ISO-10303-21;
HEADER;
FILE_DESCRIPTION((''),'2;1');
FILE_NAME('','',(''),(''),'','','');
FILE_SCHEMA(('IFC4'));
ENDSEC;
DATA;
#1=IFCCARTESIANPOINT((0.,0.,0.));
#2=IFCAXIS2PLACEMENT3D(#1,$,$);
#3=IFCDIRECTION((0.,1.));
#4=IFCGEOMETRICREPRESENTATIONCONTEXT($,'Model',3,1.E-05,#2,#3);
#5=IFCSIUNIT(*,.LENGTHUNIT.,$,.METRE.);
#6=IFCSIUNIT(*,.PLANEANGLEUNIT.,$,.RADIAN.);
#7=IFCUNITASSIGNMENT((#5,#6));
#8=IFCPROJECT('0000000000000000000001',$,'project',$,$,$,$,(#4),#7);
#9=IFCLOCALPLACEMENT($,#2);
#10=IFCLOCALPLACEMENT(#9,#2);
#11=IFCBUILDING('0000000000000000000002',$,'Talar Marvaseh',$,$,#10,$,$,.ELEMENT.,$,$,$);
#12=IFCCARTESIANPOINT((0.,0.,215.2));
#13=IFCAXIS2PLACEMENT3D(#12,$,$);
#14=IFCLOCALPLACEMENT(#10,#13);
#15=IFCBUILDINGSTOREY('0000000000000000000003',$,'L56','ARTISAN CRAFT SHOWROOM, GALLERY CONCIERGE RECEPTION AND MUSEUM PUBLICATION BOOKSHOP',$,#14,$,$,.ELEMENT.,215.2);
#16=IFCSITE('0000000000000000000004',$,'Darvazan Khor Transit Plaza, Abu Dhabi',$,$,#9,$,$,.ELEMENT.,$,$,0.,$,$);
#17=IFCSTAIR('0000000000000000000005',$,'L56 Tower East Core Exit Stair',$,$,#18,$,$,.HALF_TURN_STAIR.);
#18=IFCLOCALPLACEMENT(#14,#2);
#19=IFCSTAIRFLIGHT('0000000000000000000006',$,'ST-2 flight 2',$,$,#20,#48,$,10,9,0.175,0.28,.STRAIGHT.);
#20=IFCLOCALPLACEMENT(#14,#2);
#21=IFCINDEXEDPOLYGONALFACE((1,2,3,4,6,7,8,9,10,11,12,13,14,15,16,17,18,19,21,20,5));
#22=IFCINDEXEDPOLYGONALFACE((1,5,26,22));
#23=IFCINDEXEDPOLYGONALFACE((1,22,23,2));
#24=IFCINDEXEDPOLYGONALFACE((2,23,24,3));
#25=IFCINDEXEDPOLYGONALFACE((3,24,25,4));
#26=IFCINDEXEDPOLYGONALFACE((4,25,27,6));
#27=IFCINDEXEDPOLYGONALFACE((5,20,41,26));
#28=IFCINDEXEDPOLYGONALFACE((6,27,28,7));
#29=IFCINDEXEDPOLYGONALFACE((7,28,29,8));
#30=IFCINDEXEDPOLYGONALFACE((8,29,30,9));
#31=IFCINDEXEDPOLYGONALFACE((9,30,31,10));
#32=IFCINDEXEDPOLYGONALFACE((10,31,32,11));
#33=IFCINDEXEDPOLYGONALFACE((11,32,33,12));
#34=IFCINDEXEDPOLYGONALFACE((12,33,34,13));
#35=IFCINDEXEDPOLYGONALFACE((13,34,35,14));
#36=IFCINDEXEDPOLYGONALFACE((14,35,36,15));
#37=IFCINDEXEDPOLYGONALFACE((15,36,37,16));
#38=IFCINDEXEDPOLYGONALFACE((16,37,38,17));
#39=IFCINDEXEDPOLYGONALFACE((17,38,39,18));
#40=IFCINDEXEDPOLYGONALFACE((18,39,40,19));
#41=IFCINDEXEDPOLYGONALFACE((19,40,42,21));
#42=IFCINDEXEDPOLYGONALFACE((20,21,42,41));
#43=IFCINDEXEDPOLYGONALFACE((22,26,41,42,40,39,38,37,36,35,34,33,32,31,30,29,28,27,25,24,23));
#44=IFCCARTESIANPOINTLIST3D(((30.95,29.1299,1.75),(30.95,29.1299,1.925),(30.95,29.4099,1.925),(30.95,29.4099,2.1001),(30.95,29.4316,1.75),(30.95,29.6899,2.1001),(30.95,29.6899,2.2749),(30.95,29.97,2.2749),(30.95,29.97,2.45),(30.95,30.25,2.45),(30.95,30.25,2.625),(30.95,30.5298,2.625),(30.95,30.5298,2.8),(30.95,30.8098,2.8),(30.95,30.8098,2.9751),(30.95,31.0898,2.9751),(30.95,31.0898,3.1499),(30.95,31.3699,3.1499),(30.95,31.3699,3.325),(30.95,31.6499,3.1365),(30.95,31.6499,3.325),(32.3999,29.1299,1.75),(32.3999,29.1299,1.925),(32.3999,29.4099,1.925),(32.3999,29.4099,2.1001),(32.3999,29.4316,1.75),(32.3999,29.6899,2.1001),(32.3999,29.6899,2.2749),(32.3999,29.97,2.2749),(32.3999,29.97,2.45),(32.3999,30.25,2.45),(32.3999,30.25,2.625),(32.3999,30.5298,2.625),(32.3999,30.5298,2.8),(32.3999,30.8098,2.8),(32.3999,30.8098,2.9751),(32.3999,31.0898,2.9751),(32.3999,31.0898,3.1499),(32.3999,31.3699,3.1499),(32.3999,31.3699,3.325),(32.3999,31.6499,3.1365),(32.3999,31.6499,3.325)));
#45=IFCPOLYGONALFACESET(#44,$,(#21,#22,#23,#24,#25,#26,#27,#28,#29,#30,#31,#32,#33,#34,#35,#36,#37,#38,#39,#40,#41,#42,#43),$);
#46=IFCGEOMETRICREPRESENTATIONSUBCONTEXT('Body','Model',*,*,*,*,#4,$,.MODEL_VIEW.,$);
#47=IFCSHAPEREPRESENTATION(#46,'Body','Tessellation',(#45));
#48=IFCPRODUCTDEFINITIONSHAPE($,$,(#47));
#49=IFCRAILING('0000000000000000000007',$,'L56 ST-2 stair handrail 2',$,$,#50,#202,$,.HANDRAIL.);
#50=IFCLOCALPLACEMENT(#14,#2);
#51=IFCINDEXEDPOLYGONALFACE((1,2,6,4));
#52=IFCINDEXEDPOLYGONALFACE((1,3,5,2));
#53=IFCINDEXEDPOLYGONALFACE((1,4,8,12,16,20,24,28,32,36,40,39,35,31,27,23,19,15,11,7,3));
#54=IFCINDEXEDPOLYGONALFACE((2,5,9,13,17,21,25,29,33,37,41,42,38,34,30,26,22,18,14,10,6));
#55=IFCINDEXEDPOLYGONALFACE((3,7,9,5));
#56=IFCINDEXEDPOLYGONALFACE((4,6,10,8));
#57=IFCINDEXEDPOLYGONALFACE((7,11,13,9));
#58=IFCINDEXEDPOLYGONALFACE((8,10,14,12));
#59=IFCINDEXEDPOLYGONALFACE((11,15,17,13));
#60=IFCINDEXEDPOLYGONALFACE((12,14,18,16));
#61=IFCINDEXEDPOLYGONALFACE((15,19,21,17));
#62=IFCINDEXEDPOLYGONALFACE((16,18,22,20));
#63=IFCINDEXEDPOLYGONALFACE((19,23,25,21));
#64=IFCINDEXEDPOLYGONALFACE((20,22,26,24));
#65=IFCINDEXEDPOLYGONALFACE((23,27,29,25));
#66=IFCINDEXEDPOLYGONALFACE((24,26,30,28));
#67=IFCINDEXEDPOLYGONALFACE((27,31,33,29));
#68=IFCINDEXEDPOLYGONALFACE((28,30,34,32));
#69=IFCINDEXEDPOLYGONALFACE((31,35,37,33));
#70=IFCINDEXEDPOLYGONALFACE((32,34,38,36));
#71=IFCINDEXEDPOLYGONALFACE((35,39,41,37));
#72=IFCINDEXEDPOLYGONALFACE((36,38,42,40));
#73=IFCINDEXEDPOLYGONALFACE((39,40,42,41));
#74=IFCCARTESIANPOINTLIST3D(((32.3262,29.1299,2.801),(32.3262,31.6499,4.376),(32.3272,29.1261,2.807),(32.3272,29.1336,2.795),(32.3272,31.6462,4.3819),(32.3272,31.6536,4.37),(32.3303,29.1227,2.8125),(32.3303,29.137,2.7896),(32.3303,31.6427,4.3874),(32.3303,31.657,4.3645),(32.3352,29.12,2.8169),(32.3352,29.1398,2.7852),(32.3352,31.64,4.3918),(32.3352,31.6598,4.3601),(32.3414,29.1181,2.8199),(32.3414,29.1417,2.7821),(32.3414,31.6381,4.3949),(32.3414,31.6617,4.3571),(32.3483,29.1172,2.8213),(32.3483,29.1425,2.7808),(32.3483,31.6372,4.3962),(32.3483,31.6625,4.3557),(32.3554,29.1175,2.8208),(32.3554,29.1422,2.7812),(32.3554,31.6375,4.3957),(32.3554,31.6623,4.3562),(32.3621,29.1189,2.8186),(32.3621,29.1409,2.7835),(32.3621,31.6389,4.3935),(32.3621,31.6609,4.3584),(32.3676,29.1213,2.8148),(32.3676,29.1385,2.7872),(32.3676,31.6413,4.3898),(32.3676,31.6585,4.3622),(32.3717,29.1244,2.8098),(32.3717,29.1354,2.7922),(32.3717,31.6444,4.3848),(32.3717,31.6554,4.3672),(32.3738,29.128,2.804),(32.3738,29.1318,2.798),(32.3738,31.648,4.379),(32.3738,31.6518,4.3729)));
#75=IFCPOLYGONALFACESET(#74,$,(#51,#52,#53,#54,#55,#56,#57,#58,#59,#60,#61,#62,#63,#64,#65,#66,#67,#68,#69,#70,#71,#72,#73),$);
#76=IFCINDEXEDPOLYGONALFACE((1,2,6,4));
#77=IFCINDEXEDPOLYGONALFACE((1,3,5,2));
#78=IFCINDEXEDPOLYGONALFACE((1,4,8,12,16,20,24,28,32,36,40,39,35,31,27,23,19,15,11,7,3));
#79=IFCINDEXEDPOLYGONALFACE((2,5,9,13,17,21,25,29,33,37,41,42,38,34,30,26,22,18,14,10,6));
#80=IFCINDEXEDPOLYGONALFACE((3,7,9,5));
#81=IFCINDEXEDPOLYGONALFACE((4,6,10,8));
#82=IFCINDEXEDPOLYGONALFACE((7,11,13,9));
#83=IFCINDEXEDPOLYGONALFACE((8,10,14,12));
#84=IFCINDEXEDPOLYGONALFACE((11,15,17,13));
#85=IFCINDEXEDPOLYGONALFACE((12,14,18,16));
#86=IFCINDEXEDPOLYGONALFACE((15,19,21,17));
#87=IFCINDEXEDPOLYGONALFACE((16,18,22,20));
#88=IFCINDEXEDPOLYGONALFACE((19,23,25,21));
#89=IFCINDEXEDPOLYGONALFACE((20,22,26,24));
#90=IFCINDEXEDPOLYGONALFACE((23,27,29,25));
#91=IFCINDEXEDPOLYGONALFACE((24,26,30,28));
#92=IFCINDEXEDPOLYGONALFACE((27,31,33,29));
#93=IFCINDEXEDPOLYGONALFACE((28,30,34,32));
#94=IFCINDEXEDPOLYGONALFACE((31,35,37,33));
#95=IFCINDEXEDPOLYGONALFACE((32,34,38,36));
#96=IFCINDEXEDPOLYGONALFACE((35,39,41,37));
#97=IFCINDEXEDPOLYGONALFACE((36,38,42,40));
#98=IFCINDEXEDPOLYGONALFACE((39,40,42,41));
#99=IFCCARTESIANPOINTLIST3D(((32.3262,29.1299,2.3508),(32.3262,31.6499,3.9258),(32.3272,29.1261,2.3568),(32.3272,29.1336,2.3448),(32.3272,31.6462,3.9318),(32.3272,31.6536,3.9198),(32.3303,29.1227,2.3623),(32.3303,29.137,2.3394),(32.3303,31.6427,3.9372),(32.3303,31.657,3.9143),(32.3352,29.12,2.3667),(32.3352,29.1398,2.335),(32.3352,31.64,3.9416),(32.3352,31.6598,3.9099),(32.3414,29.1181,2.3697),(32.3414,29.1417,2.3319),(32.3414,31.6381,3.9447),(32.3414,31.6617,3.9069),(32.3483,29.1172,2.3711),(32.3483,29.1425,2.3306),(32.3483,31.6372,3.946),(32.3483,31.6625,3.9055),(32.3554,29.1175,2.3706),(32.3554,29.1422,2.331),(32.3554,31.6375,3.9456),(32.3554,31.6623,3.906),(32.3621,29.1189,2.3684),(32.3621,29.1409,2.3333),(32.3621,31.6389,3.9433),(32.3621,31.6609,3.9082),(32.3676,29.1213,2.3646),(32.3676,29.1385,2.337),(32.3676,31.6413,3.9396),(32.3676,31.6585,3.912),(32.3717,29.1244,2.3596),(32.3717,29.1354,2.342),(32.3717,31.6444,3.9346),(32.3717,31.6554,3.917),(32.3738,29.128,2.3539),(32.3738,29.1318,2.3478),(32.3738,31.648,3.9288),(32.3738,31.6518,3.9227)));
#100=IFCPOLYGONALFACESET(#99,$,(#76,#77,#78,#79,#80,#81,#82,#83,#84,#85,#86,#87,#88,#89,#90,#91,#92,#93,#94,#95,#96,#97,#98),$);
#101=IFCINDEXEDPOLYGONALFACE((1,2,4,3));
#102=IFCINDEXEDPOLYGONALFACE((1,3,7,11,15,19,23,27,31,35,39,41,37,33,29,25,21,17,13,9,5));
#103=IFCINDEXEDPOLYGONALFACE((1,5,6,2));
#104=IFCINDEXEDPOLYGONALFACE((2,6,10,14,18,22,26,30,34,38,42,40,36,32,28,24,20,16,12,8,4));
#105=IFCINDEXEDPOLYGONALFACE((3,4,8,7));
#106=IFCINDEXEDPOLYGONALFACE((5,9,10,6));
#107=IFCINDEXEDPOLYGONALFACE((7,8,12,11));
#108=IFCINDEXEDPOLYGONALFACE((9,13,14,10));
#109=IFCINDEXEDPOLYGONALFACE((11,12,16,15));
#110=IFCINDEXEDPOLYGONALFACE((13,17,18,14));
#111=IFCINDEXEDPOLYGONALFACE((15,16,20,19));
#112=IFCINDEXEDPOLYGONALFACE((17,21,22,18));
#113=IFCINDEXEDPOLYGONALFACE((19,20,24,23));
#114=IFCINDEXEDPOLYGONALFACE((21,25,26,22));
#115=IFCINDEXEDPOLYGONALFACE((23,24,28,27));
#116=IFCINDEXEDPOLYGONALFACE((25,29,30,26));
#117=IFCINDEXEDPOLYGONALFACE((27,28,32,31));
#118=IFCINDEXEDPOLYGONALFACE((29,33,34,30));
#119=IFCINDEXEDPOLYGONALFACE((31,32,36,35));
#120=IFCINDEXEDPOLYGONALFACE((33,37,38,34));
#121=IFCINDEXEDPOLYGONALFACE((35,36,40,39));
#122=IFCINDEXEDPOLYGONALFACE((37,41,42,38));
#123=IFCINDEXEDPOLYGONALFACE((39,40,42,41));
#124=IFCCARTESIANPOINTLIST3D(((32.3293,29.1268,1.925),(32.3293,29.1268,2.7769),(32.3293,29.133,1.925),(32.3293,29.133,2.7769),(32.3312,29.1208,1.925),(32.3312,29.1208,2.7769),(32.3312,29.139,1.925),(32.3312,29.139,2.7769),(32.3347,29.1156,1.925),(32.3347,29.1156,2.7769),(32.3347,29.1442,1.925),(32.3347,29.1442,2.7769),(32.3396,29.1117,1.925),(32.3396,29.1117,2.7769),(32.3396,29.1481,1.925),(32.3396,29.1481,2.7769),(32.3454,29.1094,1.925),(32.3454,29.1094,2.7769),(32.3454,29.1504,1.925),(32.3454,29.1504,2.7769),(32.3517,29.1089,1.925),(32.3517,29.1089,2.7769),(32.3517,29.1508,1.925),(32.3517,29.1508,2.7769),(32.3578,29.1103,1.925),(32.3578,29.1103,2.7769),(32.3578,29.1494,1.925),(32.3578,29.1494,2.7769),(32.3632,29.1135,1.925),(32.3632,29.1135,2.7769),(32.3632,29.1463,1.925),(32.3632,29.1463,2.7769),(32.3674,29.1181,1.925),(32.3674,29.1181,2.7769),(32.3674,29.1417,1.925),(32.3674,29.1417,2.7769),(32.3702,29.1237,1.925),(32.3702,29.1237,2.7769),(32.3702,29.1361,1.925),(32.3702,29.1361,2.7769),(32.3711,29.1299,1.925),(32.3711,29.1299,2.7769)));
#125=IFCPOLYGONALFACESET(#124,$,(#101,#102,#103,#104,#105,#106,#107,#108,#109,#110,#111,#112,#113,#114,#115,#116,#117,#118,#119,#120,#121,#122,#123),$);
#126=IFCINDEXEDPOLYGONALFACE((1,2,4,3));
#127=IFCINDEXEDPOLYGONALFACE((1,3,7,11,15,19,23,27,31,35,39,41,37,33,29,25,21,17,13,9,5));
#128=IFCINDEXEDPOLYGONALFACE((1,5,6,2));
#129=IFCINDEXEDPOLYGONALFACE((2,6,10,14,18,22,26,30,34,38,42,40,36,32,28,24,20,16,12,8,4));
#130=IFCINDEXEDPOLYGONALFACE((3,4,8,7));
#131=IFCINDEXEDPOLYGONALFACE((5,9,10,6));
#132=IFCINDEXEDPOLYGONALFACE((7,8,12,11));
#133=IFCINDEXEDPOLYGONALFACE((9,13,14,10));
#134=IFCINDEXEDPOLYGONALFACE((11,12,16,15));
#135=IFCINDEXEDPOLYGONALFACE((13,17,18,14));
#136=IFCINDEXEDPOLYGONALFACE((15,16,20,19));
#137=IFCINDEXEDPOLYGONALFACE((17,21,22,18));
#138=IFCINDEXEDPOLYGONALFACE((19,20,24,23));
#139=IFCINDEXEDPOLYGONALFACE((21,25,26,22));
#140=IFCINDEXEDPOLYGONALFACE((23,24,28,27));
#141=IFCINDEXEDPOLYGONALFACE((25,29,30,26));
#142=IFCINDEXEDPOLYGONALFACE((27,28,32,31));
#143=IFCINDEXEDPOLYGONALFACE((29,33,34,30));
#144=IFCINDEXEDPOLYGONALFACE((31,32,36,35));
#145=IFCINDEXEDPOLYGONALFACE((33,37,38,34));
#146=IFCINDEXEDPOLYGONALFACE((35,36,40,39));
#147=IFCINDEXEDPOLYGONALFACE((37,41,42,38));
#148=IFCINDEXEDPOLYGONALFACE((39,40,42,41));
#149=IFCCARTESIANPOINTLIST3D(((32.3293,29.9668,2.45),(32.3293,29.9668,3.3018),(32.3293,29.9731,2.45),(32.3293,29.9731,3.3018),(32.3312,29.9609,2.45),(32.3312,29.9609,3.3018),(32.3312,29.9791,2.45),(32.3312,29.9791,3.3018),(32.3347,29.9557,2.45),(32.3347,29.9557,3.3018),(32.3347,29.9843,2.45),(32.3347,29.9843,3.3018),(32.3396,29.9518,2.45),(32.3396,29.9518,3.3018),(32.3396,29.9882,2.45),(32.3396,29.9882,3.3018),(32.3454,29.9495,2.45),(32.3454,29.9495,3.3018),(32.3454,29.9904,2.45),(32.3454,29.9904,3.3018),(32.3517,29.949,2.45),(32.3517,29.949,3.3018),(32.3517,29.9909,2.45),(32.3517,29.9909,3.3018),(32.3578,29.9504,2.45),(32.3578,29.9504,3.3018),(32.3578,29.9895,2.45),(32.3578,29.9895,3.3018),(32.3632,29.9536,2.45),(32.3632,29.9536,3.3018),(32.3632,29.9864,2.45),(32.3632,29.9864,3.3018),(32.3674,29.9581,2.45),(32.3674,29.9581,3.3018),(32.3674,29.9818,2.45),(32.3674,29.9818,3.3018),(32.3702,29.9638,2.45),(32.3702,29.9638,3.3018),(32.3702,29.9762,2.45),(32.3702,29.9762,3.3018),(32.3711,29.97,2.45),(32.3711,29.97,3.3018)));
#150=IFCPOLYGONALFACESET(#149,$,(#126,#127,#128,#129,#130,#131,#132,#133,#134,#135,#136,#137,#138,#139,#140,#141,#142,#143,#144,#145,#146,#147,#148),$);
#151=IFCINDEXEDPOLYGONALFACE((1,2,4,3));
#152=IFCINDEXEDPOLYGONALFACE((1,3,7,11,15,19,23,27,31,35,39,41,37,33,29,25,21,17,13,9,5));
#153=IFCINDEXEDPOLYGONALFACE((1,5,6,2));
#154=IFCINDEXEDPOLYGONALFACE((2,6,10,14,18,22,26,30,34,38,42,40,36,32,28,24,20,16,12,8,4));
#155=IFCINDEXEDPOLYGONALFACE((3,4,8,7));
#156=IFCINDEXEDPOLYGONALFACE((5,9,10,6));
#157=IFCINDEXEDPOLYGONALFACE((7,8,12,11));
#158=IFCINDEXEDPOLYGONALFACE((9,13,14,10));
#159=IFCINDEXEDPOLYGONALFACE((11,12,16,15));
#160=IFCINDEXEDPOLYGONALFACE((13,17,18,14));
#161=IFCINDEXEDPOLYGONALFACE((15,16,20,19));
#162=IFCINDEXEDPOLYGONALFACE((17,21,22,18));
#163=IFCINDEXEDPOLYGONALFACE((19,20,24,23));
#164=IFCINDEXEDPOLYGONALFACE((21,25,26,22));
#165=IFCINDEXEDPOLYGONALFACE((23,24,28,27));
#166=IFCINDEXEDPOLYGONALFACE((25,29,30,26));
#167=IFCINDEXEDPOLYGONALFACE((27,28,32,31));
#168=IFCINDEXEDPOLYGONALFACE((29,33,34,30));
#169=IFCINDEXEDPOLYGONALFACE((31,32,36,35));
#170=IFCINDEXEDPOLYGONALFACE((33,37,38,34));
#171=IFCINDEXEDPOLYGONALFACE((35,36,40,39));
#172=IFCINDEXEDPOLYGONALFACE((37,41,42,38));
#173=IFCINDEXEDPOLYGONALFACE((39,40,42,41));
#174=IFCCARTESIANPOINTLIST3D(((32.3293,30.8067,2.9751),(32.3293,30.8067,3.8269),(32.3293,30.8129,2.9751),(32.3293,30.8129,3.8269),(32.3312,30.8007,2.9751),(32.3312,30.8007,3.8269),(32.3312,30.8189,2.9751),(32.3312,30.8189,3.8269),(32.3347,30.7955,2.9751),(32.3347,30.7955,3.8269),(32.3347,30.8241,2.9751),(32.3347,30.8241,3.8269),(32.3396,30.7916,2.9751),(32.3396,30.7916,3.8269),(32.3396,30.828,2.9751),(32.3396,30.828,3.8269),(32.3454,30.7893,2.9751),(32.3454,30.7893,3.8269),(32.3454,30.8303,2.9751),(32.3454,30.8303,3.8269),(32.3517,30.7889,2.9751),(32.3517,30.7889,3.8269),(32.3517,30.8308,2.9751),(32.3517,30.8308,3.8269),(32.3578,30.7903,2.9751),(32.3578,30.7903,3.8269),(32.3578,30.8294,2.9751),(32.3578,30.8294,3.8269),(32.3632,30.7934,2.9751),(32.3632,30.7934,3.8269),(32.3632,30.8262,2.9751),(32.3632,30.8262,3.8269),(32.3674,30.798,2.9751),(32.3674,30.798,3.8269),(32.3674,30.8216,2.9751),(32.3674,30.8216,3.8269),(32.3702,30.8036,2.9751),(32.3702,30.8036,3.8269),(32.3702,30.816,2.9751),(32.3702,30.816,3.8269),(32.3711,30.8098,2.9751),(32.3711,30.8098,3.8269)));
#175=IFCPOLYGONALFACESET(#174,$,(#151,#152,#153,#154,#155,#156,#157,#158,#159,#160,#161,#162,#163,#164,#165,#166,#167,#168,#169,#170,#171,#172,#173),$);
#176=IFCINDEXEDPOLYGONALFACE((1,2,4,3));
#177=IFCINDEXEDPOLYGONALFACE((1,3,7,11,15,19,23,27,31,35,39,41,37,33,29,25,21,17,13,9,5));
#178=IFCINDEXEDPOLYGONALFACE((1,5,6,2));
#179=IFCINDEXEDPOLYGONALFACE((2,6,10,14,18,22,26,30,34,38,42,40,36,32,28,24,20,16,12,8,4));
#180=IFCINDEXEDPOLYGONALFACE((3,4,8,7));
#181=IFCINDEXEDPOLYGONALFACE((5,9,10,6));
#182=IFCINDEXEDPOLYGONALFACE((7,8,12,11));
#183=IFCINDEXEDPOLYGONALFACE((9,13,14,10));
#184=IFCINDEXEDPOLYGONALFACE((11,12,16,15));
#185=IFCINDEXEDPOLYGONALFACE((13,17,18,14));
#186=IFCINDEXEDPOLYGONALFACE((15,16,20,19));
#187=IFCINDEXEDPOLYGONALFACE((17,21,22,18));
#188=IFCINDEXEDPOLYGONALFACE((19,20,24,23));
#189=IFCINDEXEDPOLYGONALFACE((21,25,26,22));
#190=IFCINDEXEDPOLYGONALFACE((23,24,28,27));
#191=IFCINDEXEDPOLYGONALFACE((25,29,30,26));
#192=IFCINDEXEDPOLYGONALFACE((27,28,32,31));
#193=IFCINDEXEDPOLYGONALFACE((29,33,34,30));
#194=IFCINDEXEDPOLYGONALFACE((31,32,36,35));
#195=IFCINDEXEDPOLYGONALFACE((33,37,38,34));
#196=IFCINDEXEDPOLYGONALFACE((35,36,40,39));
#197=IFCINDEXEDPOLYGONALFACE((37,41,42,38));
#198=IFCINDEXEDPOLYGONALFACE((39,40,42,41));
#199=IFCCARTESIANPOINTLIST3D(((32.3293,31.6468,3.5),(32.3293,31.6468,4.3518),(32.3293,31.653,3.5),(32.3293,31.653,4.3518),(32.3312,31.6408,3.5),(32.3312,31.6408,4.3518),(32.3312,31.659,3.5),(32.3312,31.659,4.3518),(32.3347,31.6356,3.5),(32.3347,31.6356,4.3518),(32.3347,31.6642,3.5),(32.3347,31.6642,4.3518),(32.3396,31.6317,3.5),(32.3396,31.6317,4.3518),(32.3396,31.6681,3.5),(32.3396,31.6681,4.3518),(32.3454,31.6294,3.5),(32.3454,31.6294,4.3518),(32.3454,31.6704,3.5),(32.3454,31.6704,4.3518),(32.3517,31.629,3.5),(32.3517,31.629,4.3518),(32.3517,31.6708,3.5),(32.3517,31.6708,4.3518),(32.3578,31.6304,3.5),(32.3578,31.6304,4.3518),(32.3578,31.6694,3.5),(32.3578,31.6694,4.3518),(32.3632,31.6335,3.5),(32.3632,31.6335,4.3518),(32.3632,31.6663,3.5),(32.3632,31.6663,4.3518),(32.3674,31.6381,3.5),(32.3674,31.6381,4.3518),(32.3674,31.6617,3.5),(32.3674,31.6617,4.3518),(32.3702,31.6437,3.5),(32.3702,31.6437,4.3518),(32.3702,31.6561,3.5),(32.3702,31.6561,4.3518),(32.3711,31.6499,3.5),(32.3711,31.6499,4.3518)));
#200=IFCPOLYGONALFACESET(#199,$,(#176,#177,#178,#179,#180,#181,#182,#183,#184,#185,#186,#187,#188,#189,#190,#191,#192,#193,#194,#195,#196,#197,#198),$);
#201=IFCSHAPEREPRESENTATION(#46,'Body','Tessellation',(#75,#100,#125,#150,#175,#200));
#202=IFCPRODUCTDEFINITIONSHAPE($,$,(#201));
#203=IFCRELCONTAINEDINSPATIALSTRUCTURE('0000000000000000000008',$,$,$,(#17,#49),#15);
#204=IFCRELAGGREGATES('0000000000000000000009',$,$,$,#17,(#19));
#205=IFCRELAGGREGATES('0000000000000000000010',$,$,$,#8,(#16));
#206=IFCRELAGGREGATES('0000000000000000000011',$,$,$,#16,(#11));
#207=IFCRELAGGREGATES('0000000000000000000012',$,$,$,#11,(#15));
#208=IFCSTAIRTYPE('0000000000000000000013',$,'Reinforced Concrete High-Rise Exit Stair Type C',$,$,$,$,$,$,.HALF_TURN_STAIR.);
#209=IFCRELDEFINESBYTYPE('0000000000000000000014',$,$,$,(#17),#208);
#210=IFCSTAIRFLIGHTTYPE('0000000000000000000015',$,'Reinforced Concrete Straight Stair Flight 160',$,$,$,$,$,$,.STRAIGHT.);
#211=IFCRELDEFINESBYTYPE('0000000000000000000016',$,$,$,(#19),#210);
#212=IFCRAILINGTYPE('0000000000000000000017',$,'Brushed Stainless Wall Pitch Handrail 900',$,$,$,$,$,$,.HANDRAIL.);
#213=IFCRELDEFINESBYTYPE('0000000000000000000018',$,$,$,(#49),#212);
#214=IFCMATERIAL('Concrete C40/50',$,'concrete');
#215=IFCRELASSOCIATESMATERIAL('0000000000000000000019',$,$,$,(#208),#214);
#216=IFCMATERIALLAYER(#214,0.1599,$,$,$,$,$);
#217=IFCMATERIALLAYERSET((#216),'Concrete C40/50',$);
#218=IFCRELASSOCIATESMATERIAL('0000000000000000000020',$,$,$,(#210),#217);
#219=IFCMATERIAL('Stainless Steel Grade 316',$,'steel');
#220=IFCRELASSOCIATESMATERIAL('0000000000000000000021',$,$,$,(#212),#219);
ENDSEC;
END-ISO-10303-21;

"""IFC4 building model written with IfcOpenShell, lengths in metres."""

from ifc_helpers import new_model, si_unit, direction, frame, origin, origin_2d, place, context, subcontext, project, spatial, polyline, circle, outline, extrude, material, layer, layer_set, type_object, element, aggregate, save


model = new_model("IFC4")

# Units and contexts
model_context = context("Model", 3, precision=1e-05, world=origin(), true_north=direction((0.0, 1.0)))
body_context = subcontext(model_context, "Body", "Model", "MODEL_VIEW")
ifc_project = project(units=[si_unit("LENGTHUNIT", "METRE"), si_unit("PLANEANGLEUNIT", "RADIAN")], contexts=[model_context])

# Site, building, storey
site_placement = place(None, origin())
site = spatial("IfcSite", under=ifc_project, at=site_placement, Name="Darvazan Khor Transit Plaza, Abu Dhabi", CompositionType="ELEMENT", RefElevation=0.0)
building_placement = place(site_placement, origin())
building = spatial("IfcBuilding", under=site, at=building_placement, Name="Talar Marvaseh", CompositionType="ELEMENT")
storey_placement = place(building_placement, frame((0.0, 0.0, 215.2)))
storey = spatial("IfcBuildingStorey", under=building, at=storey_placement, Name="L56", Description="ARTISAN CRAFT SHOWROOM, GALLERY CONCIERGE RECEPTION AND MUSEUM PUBLICATION BOOKSHOP", CompositionType="ELEMENT", Elevation=215.2)

# Stair, stair flight
ifc_material_1 = material(Name="Concrete C40/50", Category="concrete")
stair_type = type_object("IfcStairType", Name="Reinforced Concrete High-Rise Exit Stair Type C", PredefinedType="HALF_TURN_STAIR", material=ifc_material_1)
stair_placement = place(storey_placement, origin())
stair = element("IfcStair", 1, at=stair_placement, inside=storey, type_object=stair_type, Name="L56 Tower East Core Exit Stair", PredefinedType="HALF_TURN_STAIR")
ifc_layer_1 = layer(ifc_material_1, 0.1599)
ifc_layer_set_1 = layer_set([ifc_layer_1], Name="Concrete C40/50")
stair_flight_type = type_object("IfcStairFlightType", Name="Reinforced Concrete Straight Stair Flight 160", PredefinedType="STRAIGHT", material=ifc_layer_set_1)
stair_flight_placement = place(storey_placement, frame((31.675, 29.1299, 1.75), z_axis=(0.0, 0.0, 1.0), x_axis=(0.0, 1.0, 0.0)))
stair_flight = element("IfcStairFlight", 2, at=stair_flight_placement, type_object=stair_flight_type, Name="ST-2 flight 2", NumberOfRisers=10, NumberOfTreads=9, PredefinedType="STRAIGHT", RiserHeight=0.175, TreadLength=0.28, context=body_context, shape_type="SweptSolid", body=[
    extrude(outline(polyline([(0.0, 0.0), (0.0, 0.175), (0.28, 0.175), (0.28, 0.3501), (0.5601, 0.3501), (0.5601, 0.5249), (0.8401, 0.5249), (0.8401, 0.7), (1.1201, 0.7), (1.1201, 0.875), (1.3999, 0.875), (1.3999, 1.05), (1.6799, 1.05), (1.6799, 1.2251), (1.96, 1.2251), (1.96, 1.3999), (2.24, 1.3999), (2.24, 1.575), (2.52, 1.575), (2.52, 1.75), (2.52, 1.3865), (0.3018, 0.0), (0.0, 0.0)])), frame((0.0, 0.7251, 0.0), z_axis=(0.0, -1.0, 0.0), x_axis=(1.0, 0.0, 0.0)), (0.0, 0.0, 1.0), 1.45),
])
aggregate(stair, [stair_flight])

# Railing
ifc_material_2 = material(Name="Stainless Steel Grade 316", Category="steel")
railing_type = type_object("IfcRailingType", Name="Brushed Stainless Wall Pitch Handrail 900", PredefinedType="HANDRAIL", material=ifc_material_2)
railing_placement = place(storey_placement, frame((32.3501, 29.1299, 1.925)))
element("IfcRailing", 3, at=railing_placement, inside=storey, type_object=railing_type, Name="L56 ST-2 stair handrail 2", PredefinedType="HANDRAIL", context=body_context, shape_type="SweptSolid", body=[
    extrude(circle(Radius=0.0239, at=origin_2d()), frame((0.0, 0.0, 0.876), z_axis=(0.0, 0.848008, 0.529984), x_axis=(-1.0, 0.0, 0.0)), (0.0, 0.0, 1.0), 2.9717),
    extrude(circle(Radius=0.0239, at=origin_2d()), frame((0.0, 0.0, 0.4258), z_axis=(0.0, 0.848008, 0.529984), x_axis=(-1.0, 0.0, 0.0)), (0.0, 0.0, 1.0), 2.9717),
    extrude(circle(Radius=0.021, at=origin_2d()), origin(), (0.0, 0.0, 1.0), 0.8518),
    extrude(circle(Radius=0.021, at=origin_2d()), frame((0.0, 0.8401, 0.5249)), (0.0, 0.0, 1.0), 0.8518),
    extrude(circle(Radius=0.021, at=origin_2d()), frame((0.0, 1.6799, 1.05)), (0.0, 0.0, 1.0), 0.8518),
    extrude(circle(Radius=0.021, at=origin_2d()), frame((0.0, 2.52, 1.575)), (0.0, 0.0, 1.0), 0.8518),
])

save(model, "model.ifc")
